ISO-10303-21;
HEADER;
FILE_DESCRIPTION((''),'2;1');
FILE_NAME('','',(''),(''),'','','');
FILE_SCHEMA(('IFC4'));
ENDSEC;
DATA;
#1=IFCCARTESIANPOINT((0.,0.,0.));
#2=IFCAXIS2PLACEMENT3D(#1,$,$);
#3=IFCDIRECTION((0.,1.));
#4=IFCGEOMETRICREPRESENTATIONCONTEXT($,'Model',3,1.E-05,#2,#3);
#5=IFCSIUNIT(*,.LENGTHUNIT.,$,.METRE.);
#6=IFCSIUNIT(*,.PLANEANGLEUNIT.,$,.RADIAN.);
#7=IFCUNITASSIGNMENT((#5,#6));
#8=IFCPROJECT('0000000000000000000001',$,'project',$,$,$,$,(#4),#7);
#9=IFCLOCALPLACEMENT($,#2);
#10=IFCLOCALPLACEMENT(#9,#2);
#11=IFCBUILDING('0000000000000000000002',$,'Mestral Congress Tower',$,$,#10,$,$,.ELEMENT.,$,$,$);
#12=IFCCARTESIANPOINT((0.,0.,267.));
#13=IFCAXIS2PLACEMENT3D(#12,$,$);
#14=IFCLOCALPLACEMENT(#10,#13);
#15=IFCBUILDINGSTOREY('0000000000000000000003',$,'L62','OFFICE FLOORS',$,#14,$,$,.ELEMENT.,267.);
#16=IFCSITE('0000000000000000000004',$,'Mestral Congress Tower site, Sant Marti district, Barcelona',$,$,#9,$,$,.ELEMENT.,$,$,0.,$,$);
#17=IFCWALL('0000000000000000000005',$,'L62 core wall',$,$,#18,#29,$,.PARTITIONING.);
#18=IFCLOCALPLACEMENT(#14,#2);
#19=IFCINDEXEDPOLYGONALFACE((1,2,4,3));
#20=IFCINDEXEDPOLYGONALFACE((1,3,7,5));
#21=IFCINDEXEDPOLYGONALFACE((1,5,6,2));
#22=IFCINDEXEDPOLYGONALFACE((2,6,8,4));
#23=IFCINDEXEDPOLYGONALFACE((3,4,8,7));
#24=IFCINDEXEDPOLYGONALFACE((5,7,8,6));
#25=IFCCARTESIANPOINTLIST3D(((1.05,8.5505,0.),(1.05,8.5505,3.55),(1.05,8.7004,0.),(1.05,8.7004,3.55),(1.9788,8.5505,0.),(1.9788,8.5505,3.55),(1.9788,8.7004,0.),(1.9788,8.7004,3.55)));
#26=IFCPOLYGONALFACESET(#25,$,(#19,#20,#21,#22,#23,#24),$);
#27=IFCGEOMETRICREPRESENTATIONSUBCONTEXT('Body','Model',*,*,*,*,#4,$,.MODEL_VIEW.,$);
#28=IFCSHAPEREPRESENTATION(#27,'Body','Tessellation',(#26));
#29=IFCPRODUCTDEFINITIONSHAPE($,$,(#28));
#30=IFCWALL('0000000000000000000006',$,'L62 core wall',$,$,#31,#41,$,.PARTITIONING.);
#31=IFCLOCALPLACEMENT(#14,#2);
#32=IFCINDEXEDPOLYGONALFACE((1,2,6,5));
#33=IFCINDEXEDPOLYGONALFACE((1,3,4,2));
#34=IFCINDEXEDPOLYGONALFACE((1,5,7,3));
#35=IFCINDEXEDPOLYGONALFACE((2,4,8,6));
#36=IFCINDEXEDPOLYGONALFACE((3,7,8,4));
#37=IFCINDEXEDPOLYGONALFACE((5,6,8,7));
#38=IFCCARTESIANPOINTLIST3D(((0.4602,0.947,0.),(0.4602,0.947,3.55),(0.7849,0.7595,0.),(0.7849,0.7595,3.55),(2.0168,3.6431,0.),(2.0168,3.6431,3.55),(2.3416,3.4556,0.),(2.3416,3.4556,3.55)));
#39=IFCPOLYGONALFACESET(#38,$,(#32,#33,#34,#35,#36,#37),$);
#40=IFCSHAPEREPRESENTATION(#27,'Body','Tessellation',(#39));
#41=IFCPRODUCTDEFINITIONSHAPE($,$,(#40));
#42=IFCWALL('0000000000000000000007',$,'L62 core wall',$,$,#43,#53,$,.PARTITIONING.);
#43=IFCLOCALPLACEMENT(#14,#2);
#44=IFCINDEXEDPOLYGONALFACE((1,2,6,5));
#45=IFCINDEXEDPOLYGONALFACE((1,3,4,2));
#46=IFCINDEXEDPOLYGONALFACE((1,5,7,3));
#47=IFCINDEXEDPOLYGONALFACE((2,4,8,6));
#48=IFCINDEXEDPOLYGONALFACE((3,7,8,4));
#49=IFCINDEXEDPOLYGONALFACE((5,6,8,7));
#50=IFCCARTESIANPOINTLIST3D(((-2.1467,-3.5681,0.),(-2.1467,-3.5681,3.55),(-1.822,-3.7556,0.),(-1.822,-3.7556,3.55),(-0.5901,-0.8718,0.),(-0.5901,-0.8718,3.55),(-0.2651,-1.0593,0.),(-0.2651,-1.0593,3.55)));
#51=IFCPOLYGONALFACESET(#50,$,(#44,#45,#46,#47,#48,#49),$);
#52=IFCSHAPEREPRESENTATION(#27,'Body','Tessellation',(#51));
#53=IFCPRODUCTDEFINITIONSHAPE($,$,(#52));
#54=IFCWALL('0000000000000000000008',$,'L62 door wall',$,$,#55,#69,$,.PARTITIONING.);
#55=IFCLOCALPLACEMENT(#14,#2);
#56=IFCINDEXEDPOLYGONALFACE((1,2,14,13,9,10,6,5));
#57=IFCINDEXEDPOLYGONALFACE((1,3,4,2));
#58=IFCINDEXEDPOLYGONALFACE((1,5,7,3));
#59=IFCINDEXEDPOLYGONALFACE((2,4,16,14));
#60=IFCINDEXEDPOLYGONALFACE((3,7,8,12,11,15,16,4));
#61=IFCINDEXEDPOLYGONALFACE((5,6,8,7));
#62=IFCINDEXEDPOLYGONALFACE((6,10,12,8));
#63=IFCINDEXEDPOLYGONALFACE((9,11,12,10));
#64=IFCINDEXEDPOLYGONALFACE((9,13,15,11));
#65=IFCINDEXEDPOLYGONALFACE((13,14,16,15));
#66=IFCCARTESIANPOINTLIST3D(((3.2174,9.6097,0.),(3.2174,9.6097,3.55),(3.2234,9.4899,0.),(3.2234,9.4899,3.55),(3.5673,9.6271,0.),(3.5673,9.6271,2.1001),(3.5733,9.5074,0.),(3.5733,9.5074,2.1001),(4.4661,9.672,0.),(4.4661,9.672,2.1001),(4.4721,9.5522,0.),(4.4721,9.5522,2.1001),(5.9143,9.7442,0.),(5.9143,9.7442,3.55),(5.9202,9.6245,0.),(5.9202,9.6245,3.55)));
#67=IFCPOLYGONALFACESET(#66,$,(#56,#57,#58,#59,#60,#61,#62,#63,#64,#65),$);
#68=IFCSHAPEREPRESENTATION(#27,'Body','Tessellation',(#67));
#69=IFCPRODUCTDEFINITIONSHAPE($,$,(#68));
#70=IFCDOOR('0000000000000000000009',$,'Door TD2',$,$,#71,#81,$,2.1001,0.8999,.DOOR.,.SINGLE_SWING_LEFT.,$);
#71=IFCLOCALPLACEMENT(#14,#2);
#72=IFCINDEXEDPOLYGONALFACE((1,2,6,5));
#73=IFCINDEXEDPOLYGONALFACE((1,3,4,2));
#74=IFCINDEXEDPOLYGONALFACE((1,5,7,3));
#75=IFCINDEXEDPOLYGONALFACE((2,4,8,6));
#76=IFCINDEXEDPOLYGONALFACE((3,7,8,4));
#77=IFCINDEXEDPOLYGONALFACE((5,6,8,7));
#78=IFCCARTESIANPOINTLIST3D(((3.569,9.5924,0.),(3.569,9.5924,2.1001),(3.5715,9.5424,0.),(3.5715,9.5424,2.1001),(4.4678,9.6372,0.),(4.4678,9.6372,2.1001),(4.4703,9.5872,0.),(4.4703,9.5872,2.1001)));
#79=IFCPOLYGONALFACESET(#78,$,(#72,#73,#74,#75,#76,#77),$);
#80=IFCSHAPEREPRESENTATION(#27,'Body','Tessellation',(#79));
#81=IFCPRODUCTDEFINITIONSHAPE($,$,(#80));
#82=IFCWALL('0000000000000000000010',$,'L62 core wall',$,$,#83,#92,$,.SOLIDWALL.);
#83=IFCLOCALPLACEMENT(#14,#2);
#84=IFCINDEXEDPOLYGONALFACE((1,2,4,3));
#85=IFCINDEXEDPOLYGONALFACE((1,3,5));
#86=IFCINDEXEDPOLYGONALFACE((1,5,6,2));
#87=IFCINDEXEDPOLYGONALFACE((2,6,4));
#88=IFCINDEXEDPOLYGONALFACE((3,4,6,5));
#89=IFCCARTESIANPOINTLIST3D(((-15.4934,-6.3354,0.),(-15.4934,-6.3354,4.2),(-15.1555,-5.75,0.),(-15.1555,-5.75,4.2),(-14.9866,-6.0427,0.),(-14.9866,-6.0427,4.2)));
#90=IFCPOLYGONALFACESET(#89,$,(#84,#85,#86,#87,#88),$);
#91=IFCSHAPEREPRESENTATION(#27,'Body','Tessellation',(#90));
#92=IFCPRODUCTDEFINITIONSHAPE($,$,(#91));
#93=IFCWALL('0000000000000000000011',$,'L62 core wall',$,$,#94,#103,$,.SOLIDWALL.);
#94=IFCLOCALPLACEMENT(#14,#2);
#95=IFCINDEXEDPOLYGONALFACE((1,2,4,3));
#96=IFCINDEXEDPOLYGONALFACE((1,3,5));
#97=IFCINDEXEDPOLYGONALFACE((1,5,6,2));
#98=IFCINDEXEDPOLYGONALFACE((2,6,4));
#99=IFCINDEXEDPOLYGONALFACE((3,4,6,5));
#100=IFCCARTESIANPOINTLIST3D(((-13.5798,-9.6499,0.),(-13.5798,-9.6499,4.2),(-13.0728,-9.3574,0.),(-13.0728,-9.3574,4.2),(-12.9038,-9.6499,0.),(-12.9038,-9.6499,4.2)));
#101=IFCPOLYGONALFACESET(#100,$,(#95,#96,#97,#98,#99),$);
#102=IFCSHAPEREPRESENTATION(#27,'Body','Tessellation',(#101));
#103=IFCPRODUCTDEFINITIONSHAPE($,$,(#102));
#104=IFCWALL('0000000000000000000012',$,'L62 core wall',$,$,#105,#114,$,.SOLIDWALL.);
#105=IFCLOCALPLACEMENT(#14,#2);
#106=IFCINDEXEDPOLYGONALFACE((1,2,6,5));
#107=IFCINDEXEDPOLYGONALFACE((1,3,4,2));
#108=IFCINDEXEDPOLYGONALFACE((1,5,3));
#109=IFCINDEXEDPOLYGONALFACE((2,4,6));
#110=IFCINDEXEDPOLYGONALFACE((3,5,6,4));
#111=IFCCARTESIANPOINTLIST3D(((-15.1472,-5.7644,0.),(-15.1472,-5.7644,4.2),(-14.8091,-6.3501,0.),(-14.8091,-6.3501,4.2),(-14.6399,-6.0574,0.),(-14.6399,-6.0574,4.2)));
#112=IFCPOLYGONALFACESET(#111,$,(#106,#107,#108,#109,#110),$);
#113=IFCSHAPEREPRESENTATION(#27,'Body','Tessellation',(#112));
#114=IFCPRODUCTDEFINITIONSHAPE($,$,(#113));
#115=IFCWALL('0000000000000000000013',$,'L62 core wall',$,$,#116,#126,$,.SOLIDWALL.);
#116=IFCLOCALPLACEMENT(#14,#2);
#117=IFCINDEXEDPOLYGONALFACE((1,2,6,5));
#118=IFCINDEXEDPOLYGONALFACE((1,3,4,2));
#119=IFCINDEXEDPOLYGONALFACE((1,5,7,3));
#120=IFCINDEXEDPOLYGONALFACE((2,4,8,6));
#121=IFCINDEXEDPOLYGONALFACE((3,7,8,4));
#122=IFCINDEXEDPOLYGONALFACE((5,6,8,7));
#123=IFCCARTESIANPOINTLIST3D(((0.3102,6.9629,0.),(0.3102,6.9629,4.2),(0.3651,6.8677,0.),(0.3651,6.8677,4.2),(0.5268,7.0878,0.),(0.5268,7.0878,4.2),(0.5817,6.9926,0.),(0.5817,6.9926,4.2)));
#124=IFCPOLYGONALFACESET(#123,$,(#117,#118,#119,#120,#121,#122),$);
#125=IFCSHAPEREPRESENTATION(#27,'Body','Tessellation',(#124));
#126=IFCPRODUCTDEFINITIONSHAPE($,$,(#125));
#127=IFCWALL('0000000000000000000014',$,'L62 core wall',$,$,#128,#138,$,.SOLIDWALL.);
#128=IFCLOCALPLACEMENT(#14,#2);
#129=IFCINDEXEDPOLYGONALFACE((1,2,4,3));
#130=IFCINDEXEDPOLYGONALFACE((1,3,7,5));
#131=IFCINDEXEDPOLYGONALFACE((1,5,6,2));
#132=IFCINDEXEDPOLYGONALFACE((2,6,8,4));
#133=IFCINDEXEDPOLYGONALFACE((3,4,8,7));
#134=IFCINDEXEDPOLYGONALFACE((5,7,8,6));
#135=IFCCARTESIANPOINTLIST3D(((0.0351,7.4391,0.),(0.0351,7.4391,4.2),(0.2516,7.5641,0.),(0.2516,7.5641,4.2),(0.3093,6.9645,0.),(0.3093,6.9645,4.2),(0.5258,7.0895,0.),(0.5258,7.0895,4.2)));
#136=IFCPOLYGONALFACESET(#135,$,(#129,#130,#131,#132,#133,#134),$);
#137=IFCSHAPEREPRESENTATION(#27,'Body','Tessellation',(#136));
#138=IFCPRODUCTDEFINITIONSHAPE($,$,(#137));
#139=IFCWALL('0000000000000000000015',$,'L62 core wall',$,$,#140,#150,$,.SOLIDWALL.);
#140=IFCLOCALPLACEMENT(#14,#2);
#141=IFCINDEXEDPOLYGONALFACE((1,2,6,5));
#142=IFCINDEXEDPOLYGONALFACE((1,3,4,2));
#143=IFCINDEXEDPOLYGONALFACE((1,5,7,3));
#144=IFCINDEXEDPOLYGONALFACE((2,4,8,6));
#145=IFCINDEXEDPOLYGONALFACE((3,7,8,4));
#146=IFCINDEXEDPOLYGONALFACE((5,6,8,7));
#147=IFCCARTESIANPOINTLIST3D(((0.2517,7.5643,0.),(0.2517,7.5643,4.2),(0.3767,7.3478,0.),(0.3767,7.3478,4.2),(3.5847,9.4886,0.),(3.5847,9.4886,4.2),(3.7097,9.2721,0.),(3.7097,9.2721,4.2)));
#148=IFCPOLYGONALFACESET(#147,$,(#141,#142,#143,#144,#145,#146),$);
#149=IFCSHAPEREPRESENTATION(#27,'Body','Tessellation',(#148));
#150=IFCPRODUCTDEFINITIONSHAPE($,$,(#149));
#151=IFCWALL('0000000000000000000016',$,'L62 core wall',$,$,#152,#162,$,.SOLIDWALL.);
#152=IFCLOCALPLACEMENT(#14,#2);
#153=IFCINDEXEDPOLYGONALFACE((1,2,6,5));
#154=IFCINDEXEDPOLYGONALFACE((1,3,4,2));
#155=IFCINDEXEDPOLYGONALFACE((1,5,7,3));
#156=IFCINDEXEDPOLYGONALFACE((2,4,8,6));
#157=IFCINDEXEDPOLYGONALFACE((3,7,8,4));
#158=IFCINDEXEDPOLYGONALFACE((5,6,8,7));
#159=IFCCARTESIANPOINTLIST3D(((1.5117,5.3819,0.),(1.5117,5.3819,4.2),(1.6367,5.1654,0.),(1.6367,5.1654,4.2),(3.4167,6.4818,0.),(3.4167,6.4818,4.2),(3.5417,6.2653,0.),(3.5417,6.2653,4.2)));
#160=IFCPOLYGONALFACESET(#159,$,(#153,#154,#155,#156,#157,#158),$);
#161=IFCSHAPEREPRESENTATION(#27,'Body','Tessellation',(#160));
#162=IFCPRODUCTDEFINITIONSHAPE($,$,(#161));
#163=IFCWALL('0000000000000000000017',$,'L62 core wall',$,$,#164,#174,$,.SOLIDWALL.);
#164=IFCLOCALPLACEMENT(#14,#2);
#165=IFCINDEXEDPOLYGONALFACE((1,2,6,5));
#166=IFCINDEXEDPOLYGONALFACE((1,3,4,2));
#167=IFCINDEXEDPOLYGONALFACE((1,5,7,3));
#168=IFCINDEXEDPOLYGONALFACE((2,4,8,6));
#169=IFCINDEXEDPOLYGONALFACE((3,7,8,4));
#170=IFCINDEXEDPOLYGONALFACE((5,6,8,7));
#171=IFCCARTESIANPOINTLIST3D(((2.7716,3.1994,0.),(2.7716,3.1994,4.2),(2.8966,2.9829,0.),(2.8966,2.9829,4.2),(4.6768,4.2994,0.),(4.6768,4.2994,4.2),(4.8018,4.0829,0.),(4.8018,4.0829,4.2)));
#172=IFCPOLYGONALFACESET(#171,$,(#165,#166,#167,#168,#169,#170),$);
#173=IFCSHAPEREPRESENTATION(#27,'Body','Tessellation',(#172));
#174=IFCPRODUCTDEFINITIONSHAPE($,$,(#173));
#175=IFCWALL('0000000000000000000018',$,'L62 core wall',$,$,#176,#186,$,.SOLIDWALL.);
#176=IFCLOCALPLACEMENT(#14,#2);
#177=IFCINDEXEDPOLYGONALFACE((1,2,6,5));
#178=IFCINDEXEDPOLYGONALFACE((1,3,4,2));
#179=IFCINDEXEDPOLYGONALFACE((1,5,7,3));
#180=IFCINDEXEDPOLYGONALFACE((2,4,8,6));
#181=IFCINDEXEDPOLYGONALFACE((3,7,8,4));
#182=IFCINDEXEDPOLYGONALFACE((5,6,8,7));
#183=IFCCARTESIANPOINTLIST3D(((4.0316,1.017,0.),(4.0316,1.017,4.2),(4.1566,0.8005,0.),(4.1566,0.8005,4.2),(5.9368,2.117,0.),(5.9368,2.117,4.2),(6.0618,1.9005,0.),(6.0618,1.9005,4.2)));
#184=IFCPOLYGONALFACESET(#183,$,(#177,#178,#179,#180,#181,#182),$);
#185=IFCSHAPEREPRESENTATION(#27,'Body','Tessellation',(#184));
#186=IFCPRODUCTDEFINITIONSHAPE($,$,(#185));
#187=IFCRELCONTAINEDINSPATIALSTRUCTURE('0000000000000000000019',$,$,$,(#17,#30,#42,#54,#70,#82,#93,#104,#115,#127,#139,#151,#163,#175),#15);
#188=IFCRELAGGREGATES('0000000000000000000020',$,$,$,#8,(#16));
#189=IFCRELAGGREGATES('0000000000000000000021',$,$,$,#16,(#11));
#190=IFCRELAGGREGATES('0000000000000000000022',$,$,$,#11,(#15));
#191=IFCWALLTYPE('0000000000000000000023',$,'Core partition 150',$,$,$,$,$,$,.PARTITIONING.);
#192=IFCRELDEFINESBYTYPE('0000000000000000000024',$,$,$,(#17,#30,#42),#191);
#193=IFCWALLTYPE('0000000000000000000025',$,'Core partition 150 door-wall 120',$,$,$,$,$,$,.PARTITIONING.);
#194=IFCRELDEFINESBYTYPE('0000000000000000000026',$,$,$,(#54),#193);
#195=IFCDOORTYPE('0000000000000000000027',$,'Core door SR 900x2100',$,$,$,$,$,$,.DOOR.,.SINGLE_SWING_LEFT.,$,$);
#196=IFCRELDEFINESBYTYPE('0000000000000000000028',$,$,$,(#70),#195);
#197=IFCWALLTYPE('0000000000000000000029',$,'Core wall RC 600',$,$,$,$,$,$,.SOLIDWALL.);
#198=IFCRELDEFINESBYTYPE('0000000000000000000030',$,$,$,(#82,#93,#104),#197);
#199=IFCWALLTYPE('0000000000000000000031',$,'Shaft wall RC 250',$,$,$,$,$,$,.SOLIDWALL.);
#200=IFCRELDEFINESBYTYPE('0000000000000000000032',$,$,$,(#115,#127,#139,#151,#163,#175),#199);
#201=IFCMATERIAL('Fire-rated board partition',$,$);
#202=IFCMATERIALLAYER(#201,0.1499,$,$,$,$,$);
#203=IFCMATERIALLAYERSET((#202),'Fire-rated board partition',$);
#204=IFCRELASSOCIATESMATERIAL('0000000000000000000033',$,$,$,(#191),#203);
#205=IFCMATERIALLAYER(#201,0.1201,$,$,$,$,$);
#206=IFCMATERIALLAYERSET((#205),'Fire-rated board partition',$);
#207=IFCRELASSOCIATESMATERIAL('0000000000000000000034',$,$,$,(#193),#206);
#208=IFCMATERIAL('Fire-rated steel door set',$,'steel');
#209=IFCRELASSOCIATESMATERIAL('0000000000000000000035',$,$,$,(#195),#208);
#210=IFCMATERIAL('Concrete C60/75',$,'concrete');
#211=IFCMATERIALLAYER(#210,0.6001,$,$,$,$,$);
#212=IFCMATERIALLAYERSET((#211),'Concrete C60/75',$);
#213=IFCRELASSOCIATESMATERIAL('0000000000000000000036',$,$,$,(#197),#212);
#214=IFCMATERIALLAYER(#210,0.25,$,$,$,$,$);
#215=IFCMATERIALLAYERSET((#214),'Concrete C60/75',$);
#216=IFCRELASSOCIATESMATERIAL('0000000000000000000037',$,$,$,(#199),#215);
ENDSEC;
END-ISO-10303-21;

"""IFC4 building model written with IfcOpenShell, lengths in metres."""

from ifc_helpers import new_model, si_unit, direction, frame, frame_2d, origin, place, context, subcontext, project, spatial, polyline, rectangle, outline, extrude, material, layer, layer_set, type_object, element, fill, save


model = new_model("IFC4")

# Units and contexts
model_context = context("Model", 3, precision=1e-05, world=origin(), true_north=direction((0.0, 1.0)))
body_context = subcontext(model_context, "Body", "Model", "MODEL_VIEW")
ifc_project = project(units=[si_unit("LENGTHUNIT", "METRE"), si_unit("PLANEANGLEUNIT", "RADIAN")], contexts=[model_context])

# Site, building, storey
site_placement = place(None, origin())
site = spatial("IfcSite", under=ifc_project, at=site_placement, Name="Mestral Congress Tower site, Sant Marti district, Barcelona", CompositionType="ELEMENT", RefElevation=0.0)
building_placement = place(site_placement, origin())
building = spatial("IfcBuilding", under=site, at=building_placement, Name="Mestral Congress Tower", CompositionType="ELEMENT")
storey_placement = place(building_placement, frame((0.0, 0.0, 267.0)))
storey = spatial("IfcBuildingStorey", under=building, at=storey_placement, Name="L62", Description="OFFICE FLOORS", CompositionType="ELEMENT", Elevation=267.0)

# Walls
ifc_material_1 = material(Name="Fire-rated board partition")
ifc_layer_1 = layer(ifc_material_1, 0.1499)
ifc_layer_set_1 = layer_set([ifc_layer_1], Name="Fire-rated board partition")
wall_type_1 = type_object("IfcWallType", Name="Core partition 150", PredefinedType="PARTITIONING", material=ifc_layer_set_1)
wall_1_placement = place(storey_placement, frame((1.05, 8.6255, 0.0), z_axis=(0.0, 0.0, 1.0), x_axis=(1.0, 0.0, 0.0)))
element("IfcWall", 1, at=wall_1_placement, inside=storey, type_object=wall_type_1, Name="L62 core wall", PredefinedType="PARTITIONING", context=body_context, shape_type="SweptSolid", body=[
    extrude(rectangle(XDim=0.9287, YDim=0.1499, at=frame_2d((0.4644, 0.0))), origin(), (0.0, 0.0, 1.0), 3.55),
])
placement = place(storey_placement, origin())
element("IfcWall", 2, at=placement, inside=storey, type_object=wall_type_1, Name="L62 core wall", PredefinedType="PARTITIONING", context=body_context, shape_type="SweptSolid", body=[
    extrude(outline(polyline([(2.0168, 3.6431), (2.3416, 3.4556), (0.7849, 0.7595), (0.4602, 0.947), (2.0168, 3.6431)])), origin(), (0.0, 0.0, 1.0), 3.55),
])
element("IfcWall", 3, at=placement, inside=storey, type_object=wall_type_1, Name="L62 core wall", PredefinedType="PARTITIONING", context=body_context, shape_type="SweptSolid", body=[
    extrude(outline(polyline([(-0.5901, -0.8718), (-0.2651, -1.0593), (-1.822, -3.7556), (-2.1467, -3.5681), (-0.5901, -0.8718)])), origin(), (0.0, 0.0, 1.0), 3.55),
])

# Wall, opening, door
ifc_layer_2 = layer(ifc_material_1, 0.1201)
ifc_layer_set_2 = layer_set([ifc_layer_2], Name="Fire-rated board partition")
wall_type_2 = type_object("IfcWallType", Name="Core partition 150 door-wall 120", PredefinedType="PARTITIONING", material=ifc_layer_set_2)
wall_2_placement = place(storey_placement, frame((5.9172, 9.6843, 0.0), z_axis=(0.0, 0.0, 1.0), x_axis=(-0.998758, -0.04982, 0.0)))
wall_2 = element("IfcWall", 4, at=wall_2_placement, inside=storey, type_object=wall_type_2, Name="L62 door wall", PredefinedType="PARTITIONING", context=body_context, shape_type="SweptSolid", body=[
    extrude(rectangle(XDim=2.7002, YDim=0.1199, at=frame_2d((1.3501, 0.0))), origin(), (0.0, 0.0, 1.0), 3.55),
])
opening_1_placement = place(wall_2_placement, frame((1.45, 0.0, 0.0)))
opening_1 = element("IfcOpeningElement", 5, at=opening_1_placement, cuts=wall_2, PredefinedType="OPENING", context=body_context, shape_type="SweptSolid", body=[
    extrude(rectangle(XDim=0.8999, YDim=2.1001, at=frame_2d((0.45, 1.05))), frame((0.0, 0.0698, 0.0), z_axis=(0.0, -1.0, 0.0), x_axis=(1.0, 0.0, 0.0)), (0.0, 0.0, 1.0), 0.1399),
])
ifc_material_2 = material(Name="Fire-rated steel door set", Category="steel")
door_type_1 = type_object("IfcDoorType", Name="Core door SR 900x2100", OperationType="SINGLE_SWING_LEFT", PredefinedType="DOOR", material=ifc_material_2)
door_1_placement = place(opening_1_placement, origin())
door_1 = element("IfcDoor", 6, at=door_1_placement, inside=storey, type_object=door_type_1, Name="Door TD2", OperationType="SINGLE_SWING_LEFT", OverallHeight=2.1001, OverallWidth=0.8999, PredefinedType="DOOR", context=body_context, shape_type="SweptSolid", body=[
    extrude(rectangle(XDim=0.8999, YDim=2.1001, at=frame_2d((0.45, 1.05))), frame((0.0, 0.0249, 0.0), z_axis=(0.0, -1.0, 0.0), x_axis=(1.0, 0.0, 0.0)), (0.0, 0.0, 1.0), 0.05),
])
fill(opening_1, door_1)

# Walls
ifc_material_3 = material(Name="Concrete C60/75", Category="concrete")
ifc_layer_3 = layer(ifc_material_3, 0.6001)
ifc_layer_set_3 = layer_set([ifc_layer_3], Name="Concrete C60/75")
wall_type_3 = type_object("IfcWallType", Name="Core wall RC 600", PredefinedType="SOLIDWALL", material=ifc_layer_set_3)
element("IfcWall", 7, at=placement, inside=storey, type_object=wall_type_3, Name="L62 core wall", PredefinedType="SOLIDWALL", context=body_context, shape_type="SweptSolid", body=[
    extrude(outline(polyline([(-14.9866, -6.0427), (-15.4934, -6.3354), (-15.1555, -5.75), (-14.9866, -6.0427)])), origin(), (0.0, 0.0, 1.0), 4.2),
])
element("IfcWall", 8, at=placement, inside=storey, type_object=wall_type_3, Name="L62 core wall", PredefinedType="SOLIDWALL", context=body_context, shape_type="SweptSolid", body=[
    extrude(outline(polyline([(-12.9038, -9.6499), (-13.5798, -9.6499), (-13.0728, -9.3574), (-12.9038, -9.6499)])), origin(), (0.0, 0.0, 1.0), 4.2),
])
element("IfcWall", 9, at=placement, inside=storey, type_object=wall_type_3, Name="L62 core wall", PredefinedType="SOLIDWALL", context=body_context, shape_type="SweptSolid", body=[
    extrude(outline(polyline([(-14.8091, -6.3501), (-15.1472, -5.7644), (-14.6399, -6.0574), (-14.8091, -6.3501)])), origin(), (0.0, 0.0, 1.0), 4.2),
])
ifc_layer_4 = layer(ifc_material_3, 0.25)
ifc_layer_set_4 = layer_set([ifc_layer_4], Name="Concrete C60/75")
wall_type_4 = type_object("IfcWallType", Name="Shaft wall RC 250", PredefinedType="SOLIDWALL", material=ifc_layer_set_4)
wall_3_placement = place(storey_placement, frame((0.4734, 6.9302, 0.0), z_axis=(0.0, 0.0, 1.0), x_axis=(-0.499722, 0.866186, 0.0)))
element("IfcWall", 10, at=wall_3_placement, inside=storey, type_object=wall_type_4, Name="L62 core wall", PredefinedType="SOLIDWALL", context=body_context, shape_type="SweptSolid", body=[
    extrude(rectangle(XDim=0.1099, YDim=0.25, at=frame_2d((0.0549, 0.0))), origin(), (0.0, 0.0, 1.0), 4.2),
])
wall_4_placement = place(storey_placement, frame((0.4175, 7.0271, 0.0), z_axis=(0.0, 0.0, 1.0), x_axis=(-0.500211, 0.865904, 0.0)))
element("IfcWall", 11, at=wall_4_placement, inside=storey, type_object=wall_type_4, Name="L62 core wall", PredefinedType="SOLIDWALL", context=body_context, shape_type="SweptSolid", body=[
    extrude(rectangle(XDim=0.5481, YDim=0.25, at=frame_2d((0.2739, 0.0))), origin(), (0.0, 0.0, 1.0), 4.2),
])
wall_5_placement = place(storey_placement, frame((3.6472, 9.3804, 0.0), z_axis=(0.0, 0.0, 1.0), x_axis=(-0.866025, -0.500001, 0.0)))
element("IfcWall", 12, at=wall_5_placement, inside=storey, type_object=wall_type_4, Name="L62 core wall", PredefinedType="SOLIDWALL", context=body_context, shape_type="SweptSolid", body=[
    extrude(rectangle(XDim=3.8486, YDim=0.25, at=frame_2d((1.9243, 0.0))), origin(), (0.0, 0.0, 1.0), 4.2),
])
wall_6_placement = place(storey_placement, frame((1.5742, 5.2737, 0.0), z_axis=(0.0, 0.0, 1.0), x_axis=(0.866028, 0.499995, 0.0)))
element("IfcWall", 13, at=wall_6_placement, inside=storey, type_object=wall_type_4, Name="L62 core wall", PredefinedType="SOLIDWALL", context=body_context, shape_type="SweptSolid", body=[
    extrude(rectangle(XDim=2.1997, YDim=0.25, at=frame_2d((1.0999, 0.0))), origin(), (0.0, 0.0, 1.0), 4.2),
])
for number, where, z_axis, x_axis, name in (
    (14, (2.834, 3.0911, 0.0), (0.0, 0.0, 1.0), (0.866008, 0.50003, 0.0), "L62 core wall"),
    (15, (4.094, 0.9087, 0.0), (0.0, 0.0, 1.0), (0.866008, 0.50003, 0.0), "L62 core wall"),
):
    element("IfcWall", number, at=place(storey_placement, frame(where, z_axis=z_axis, x_axis=x_axis)), inside=storey, type_object=wall_type_4, Name=name, PredefinedType="SOLIDWALL", context=body_context, shape_type="SweptSolid", body=[
        extrude(rectangle(XDim=2.2, YDim=0.25, at=frame_2d((1.1001, 0.0))), origin(), (0.0, 0.0, 1.0), 4.2),
    ])

save(model, "model.ifc")
